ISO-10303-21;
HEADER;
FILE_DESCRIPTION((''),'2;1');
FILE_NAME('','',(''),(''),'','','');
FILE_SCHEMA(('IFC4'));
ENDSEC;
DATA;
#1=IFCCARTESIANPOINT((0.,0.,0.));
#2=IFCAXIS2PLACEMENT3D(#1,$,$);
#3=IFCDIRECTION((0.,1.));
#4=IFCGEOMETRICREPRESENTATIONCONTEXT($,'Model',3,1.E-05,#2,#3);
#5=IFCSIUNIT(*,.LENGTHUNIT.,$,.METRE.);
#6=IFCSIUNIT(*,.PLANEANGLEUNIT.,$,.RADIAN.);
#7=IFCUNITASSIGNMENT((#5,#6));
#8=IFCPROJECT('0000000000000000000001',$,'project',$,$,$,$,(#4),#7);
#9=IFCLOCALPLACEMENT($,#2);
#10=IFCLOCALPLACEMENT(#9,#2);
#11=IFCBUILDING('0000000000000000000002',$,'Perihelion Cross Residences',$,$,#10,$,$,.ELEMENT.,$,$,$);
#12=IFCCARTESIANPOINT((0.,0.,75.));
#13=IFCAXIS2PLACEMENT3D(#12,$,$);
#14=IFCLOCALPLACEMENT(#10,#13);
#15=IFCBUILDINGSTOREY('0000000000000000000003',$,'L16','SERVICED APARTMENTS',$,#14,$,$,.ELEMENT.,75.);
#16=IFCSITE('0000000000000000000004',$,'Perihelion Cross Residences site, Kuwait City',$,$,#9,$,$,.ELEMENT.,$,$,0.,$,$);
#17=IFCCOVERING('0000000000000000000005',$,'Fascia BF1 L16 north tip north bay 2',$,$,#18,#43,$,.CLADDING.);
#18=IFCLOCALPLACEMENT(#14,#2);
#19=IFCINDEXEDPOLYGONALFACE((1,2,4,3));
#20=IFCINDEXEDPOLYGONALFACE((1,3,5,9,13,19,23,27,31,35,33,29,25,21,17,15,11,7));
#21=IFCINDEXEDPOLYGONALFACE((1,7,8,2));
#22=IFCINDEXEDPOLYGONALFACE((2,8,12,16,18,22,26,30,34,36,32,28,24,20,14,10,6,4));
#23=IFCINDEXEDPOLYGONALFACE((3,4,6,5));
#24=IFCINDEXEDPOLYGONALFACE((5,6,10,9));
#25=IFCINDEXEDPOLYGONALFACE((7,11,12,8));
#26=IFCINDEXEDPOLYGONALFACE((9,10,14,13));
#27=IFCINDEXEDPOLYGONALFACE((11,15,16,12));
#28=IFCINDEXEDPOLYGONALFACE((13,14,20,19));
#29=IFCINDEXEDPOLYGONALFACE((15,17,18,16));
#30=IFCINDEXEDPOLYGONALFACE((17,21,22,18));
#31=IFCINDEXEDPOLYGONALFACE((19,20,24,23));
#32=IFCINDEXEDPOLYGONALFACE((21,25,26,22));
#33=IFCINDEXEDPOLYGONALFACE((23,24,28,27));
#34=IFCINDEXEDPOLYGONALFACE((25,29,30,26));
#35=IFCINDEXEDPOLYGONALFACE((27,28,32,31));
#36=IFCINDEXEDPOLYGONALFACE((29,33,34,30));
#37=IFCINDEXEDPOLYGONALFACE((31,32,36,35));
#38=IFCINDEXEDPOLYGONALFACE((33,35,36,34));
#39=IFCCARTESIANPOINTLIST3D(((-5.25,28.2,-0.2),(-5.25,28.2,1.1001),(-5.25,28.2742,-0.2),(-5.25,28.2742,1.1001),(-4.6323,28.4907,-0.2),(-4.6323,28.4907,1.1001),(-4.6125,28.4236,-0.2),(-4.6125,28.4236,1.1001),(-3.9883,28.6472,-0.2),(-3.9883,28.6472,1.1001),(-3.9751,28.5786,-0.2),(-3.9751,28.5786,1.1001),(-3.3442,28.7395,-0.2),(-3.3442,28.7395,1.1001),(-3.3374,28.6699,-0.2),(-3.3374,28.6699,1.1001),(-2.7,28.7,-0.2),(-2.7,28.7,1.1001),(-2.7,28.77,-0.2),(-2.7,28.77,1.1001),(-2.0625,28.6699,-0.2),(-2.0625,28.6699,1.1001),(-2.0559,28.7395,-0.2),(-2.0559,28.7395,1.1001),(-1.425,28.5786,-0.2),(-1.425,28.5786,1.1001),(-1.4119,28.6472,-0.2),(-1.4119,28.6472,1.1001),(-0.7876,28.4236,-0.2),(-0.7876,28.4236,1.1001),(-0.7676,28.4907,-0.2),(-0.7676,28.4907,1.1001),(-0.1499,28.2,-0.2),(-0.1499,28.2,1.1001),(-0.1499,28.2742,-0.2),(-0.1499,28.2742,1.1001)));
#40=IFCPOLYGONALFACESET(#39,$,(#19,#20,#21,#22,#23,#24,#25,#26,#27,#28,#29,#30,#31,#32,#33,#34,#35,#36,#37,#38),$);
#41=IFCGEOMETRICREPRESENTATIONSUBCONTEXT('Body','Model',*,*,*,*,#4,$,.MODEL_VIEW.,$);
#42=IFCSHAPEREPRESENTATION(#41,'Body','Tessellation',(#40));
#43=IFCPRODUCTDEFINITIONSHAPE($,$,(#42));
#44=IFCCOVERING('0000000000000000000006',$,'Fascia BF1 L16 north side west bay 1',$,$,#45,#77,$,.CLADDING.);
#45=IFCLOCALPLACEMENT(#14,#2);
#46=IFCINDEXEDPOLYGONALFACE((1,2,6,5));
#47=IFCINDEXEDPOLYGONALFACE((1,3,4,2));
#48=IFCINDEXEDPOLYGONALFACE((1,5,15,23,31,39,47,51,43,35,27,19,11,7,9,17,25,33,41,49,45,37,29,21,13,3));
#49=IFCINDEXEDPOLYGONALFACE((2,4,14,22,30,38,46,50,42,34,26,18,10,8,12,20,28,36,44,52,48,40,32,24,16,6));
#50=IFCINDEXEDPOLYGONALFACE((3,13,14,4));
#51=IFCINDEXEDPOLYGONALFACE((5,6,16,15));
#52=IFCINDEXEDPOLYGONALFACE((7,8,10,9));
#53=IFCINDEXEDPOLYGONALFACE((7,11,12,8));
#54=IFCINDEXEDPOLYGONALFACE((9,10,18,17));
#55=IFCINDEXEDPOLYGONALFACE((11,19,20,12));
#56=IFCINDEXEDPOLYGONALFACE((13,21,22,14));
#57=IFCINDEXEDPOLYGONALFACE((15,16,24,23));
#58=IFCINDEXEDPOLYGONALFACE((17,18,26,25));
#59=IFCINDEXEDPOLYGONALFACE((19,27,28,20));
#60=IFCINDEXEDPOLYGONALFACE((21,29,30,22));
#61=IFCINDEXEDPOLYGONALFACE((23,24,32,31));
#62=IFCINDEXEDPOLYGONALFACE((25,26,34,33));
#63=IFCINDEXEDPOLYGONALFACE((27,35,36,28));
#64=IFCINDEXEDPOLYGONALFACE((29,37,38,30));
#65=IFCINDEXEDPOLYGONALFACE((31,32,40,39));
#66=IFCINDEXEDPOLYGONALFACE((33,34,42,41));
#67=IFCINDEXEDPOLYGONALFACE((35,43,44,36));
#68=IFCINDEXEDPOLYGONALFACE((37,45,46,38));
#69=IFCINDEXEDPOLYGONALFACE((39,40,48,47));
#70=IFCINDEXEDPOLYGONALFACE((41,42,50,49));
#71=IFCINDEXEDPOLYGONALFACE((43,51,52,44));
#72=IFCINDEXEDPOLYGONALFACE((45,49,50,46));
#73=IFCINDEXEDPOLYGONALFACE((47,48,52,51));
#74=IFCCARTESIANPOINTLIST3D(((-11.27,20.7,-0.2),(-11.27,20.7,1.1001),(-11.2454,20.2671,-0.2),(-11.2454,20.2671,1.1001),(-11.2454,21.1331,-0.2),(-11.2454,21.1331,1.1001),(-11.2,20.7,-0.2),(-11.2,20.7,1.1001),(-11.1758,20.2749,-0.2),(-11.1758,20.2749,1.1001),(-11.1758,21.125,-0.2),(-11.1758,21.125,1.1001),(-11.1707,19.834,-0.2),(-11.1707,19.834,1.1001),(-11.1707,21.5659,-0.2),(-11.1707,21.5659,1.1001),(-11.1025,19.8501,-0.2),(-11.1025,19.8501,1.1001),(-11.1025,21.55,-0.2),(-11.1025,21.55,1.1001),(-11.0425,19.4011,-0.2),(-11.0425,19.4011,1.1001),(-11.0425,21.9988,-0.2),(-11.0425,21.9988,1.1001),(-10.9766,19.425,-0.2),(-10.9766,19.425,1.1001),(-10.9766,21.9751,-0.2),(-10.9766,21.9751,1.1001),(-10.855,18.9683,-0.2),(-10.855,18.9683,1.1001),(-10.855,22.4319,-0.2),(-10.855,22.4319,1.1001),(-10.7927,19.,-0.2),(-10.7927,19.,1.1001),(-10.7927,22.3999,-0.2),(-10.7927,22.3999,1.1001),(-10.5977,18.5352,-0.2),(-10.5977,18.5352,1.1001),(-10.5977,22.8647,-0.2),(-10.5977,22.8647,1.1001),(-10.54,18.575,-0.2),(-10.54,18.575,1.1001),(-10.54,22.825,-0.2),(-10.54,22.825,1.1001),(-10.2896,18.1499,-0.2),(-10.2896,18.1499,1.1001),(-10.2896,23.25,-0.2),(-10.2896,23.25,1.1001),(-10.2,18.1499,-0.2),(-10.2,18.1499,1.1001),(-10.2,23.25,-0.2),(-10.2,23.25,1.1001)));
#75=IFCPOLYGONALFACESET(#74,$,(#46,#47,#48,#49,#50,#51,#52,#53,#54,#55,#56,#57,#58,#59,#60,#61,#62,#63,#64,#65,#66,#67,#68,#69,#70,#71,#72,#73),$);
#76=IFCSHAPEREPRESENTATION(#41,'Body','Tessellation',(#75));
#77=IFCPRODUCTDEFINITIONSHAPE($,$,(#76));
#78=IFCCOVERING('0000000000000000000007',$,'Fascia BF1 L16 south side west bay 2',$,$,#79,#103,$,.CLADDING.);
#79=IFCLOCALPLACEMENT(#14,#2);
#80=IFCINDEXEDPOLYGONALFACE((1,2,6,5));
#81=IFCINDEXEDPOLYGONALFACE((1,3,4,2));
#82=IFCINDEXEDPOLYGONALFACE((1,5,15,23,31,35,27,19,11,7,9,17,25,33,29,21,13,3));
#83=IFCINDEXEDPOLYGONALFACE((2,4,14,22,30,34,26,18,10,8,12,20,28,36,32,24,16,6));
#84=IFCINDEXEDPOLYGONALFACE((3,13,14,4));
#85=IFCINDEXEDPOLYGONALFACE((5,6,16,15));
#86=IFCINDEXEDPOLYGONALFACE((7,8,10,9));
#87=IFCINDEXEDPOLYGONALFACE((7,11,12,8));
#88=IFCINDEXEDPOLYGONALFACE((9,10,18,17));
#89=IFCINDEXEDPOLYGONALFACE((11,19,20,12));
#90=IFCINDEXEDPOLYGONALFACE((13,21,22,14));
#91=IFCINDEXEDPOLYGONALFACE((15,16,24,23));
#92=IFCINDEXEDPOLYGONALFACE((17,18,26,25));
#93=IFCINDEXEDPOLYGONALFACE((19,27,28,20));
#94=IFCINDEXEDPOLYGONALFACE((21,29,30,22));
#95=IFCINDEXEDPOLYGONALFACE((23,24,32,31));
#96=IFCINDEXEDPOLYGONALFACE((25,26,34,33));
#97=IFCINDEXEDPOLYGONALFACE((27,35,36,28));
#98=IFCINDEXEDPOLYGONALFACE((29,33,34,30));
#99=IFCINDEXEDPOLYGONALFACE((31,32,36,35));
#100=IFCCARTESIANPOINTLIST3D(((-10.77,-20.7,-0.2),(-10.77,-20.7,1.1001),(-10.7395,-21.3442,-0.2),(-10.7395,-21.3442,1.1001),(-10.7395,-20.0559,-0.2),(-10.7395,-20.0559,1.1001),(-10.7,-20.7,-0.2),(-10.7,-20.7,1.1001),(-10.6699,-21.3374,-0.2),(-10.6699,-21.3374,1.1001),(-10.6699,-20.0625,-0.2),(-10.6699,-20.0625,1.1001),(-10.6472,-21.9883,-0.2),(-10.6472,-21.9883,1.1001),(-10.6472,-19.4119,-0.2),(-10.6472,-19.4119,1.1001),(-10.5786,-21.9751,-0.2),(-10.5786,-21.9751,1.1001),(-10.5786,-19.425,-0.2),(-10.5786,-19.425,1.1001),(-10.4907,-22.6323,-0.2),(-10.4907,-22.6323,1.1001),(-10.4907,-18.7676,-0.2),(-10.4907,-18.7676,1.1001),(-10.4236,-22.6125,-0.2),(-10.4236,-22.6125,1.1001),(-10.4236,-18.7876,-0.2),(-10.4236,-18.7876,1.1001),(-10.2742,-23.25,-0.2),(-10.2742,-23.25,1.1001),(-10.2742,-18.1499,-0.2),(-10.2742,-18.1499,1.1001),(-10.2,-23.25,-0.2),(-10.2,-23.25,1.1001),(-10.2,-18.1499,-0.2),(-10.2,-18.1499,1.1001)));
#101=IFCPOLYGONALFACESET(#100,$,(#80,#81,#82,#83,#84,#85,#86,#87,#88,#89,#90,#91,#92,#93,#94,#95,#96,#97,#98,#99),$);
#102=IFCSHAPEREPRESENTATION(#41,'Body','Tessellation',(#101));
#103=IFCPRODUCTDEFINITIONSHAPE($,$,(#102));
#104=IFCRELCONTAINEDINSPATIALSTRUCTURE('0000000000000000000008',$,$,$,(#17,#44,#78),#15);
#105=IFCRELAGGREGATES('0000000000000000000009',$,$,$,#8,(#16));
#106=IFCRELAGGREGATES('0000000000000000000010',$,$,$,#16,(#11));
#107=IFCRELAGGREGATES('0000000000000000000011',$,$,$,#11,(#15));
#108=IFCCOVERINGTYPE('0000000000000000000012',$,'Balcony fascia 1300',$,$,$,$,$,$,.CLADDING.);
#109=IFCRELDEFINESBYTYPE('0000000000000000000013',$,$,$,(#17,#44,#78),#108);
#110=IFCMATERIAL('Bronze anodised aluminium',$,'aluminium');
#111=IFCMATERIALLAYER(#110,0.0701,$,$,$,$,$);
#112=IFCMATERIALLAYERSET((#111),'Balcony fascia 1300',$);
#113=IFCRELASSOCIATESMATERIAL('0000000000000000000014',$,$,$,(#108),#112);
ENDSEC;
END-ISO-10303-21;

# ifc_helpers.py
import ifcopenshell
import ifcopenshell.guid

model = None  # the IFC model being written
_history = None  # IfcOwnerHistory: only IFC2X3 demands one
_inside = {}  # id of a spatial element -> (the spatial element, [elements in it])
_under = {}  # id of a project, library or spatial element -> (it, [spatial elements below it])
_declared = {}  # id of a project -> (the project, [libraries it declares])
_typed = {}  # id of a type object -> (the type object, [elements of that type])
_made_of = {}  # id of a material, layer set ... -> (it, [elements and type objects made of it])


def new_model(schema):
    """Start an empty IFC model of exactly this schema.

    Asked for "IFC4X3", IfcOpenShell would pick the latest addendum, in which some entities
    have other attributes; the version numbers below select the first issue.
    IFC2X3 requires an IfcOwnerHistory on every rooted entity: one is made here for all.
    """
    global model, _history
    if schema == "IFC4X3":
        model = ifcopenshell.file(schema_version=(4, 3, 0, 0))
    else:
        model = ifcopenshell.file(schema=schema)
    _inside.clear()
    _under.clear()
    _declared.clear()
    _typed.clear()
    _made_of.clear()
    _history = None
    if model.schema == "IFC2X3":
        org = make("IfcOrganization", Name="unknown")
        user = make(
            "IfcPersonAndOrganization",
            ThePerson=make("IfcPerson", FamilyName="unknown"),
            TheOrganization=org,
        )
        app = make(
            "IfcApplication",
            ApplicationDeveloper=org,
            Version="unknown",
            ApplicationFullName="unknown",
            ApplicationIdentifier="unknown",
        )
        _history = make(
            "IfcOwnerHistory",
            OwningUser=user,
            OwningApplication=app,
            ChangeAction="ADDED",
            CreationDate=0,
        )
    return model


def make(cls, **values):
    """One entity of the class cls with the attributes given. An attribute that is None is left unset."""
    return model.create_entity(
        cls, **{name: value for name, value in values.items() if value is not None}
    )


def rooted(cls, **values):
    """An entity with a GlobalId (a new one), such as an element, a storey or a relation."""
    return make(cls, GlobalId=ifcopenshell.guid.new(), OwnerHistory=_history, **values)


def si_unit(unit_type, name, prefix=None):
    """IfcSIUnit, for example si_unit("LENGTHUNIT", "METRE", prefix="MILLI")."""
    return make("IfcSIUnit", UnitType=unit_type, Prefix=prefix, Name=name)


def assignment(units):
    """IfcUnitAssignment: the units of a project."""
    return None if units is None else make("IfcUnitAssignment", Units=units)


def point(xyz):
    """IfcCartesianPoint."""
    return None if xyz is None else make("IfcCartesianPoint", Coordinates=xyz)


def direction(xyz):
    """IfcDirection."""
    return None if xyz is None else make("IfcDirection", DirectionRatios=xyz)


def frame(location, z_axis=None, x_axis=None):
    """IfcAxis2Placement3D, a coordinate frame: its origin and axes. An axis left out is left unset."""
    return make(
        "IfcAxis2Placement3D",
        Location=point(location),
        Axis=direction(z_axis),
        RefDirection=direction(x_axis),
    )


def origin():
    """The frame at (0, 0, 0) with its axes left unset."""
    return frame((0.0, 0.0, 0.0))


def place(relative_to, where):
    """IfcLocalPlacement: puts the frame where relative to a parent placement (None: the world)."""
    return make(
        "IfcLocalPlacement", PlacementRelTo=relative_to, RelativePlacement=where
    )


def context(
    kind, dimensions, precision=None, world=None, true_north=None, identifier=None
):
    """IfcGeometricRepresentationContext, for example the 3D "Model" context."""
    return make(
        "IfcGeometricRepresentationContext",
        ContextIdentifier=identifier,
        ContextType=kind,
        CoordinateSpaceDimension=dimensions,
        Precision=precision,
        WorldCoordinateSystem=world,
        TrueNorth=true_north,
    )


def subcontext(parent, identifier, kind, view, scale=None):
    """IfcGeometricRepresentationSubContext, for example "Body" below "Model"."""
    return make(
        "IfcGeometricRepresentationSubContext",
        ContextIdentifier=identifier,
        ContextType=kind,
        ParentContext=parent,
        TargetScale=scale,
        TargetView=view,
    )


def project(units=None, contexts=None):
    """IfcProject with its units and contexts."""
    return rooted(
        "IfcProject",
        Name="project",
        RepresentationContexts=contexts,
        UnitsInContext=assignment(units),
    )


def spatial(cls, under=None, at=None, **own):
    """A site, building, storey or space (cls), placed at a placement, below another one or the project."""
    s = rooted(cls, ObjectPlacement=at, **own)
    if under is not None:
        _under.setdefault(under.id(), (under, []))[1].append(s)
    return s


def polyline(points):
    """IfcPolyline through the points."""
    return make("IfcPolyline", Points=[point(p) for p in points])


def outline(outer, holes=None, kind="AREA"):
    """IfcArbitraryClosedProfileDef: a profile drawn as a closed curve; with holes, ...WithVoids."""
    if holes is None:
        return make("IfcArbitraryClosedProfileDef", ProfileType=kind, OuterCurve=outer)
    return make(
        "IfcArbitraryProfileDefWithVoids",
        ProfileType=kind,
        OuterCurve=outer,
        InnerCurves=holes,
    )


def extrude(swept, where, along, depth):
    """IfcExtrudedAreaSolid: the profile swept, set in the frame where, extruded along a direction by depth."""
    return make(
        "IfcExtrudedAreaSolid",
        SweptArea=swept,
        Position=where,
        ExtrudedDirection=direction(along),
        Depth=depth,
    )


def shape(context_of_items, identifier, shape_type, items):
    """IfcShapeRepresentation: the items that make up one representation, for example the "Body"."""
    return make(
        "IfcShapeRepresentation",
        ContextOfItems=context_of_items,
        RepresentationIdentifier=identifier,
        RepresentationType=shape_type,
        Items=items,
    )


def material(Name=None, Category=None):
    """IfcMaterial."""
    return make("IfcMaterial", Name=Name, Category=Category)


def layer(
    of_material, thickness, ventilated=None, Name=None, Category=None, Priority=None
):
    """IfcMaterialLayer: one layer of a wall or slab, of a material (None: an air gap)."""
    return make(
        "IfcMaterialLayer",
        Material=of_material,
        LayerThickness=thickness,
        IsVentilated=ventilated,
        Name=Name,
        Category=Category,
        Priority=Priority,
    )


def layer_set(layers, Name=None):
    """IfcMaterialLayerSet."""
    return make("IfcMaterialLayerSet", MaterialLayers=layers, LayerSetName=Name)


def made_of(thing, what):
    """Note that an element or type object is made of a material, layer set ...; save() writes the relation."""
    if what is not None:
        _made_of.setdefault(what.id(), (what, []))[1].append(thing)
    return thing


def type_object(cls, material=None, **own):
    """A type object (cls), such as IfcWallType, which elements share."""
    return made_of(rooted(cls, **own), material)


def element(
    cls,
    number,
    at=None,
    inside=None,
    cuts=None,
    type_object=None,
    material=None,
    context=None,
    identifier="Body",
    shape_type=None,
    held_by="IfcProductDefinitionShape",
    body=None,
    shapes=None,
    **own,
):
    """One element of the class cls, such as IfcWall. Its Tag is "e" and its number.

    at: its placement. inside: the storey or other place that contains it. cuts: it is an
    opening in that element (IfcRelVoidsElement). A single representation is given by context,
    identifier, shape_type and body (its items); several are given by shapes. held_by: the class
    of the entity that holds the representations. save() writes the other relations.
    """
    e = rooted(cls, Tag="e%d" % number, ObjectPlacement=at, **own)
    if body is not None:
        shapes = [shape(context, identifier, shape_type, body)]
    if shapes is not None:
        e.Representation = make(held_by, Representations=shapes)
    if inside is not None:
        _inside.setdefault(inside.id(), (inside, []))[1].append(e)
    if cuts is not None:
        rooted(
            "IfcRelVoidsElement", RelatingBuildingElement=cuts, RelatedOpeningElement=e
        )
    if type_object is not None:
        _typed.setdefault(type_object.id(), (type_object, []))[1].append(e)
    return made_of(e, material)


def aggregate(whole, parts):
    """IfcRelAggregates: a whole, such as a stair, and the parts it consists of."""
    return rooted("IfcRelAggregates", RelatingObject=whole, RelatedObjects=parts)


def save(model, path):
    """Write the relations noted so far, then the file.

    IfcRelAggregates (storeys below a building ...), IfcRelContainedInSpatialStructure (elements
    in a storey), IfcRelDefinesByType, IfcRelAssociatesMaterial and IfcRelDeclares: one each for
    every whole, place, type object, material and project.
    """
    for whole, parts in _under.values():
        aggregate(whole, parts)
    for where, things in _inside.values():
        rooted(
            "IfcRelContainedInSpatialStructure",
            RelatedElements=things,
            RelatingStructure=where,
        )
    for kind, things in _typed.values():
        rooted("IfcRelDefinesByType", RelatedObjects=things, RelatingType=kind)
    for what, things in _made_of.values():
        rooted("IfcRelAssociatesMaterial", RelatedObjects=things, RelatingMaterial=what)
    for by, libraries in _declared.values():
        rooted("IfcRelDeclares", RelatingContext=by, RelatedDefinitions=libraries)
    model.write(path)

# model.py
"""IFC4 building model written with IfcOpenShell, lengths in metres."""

from ifc_helpers import new_model, si_unit, direction, frame, origin, place, context, subcontext, project, spatial, polyline, outline, extrude, material, layer, layer_set, type_object, element, save


model = new_model("IFC4")

# Units and contexts
model_context = context("Model", 3, precision=1e-05, world=origin(), true_north=direction((0.0, 1.0)))
body_context = subcontext(model_context, "Body", "Model", "MODEL_VIEW")
ifc_project = project(units=[si_unit("LENGTHUNIT", "METRE"), si_unit("PLANEANGLEUNIT", "RADIAN")], contexts=[model_context])

# Site, building, storey
site_placement = place(None, origin())
site = spatial("IfcSite", under=ifc_project, at=site_placement, Name="Perihelion Cross Residences site, Kuwait City", CompositionType="ELEMENT", RefElevation=0.0)
building_placement = place(site_placement, origin())
building = spatial("IfcBuilding", under=site, at=building_placement, Name="Perihelion Cross Residences", CompositionType="ELEMENT")
storey_placement = place(building_placement, frame((0.0, 0.0, 75.0)))
storey = spatial("IfcBuildingStorey", under=building, at=storey_placement, Name="L16", Description="SERVICED APARTMENTS", CompositionType="ELEMENT", Elevation=75.0)

# Coverings
ifc_material_1 = material(Name="Bronze anodised aluminium", Category="aluminium")
ifc_layer_1 = layer(ifc_material_1, 0.0701)
ifc_layer_set_1 = layer_set([ifc_layer_1], Name="Balcony fascia 1300")
covering_type = type_object("IfcCoveringType", Name="Balcony fascia 1300", PredefinedType="CLADDING", material=ifc_layer_set_1)
covering_1_placement = place(storey_placement, frame((0.0, 0.0, -0.2)))
element("IfcCovering", 1, at=covering_1_placement, inside=storey, type_object=covering_type, Name="Fascia BF1 L16 north tip north bay 2", PredefinedType="CLADDING", context=body_context, shape_type="SweptSolid", body=[
    extrude(outline(polyline([(-0.7676, 28.4907), (-1.4119, 28.6472), (-2.0559, 28.7395), (-2.7, 28.77), (-3.3442, 28.7395), (-3.9883, 28.6472), (-4.6323, 28.4907), (-5.25, 28.2742), (-5.25, 28.2), (-4.6125, 28.4236), (-3.9751, 28.5786), (-3.3374, 28.6699), (-2.7, 28.7), (-2.0625, 28.6699), (-1.425, 28.5786), (-0.7876, 28.4236), (-0.1499, 28.2), (-0.1499, 28.2742), (-0.7676, 28.4907)])), origin(), (0.0, 0.0, 1.0), 1.3),
])
covering_2_placement = place(storey_placement, frame((0.0, 0.0, -0.2)))
element("IfcCovering", 2, at=covering_2_placement, inside=storey, type_object=covering_type, Name="Fascia BF1 L16 north side west bay 1", PredefinedType="CLADDING", context=body_context, shape_type="SweptSolid", body=[
    extrude(outline(polyline([(-10.5977, 22.8647), (-10.855, 22.4319), (-11.0425, 21.9988), (-11.1707, 21.5659), (-11.2454, 21.1331), (-11.27, 20.7), (-11.2454, 20.2671), (-11.1707, 19.834), (-11.0425, 19.4011), (-10.855, 18.9683), (-10.5977, 18.5352), (-10.2896, 18.1499), (-10.2, 18.1499), (-10.54, 18.575), (-10.7927, 19.0), (-10.9766, 19.425), (-11.1025, 19.8501), (-11.1758, 20.2749), (-11.2, 20.7), (-11.1758, 21.125), (-11.1025, 21.55), (-10.9766, 21.9751), (-10.7927, 22.3999), (-10.54, 22.825), (-10.2, 23.25), (-10.2896, 23.25), (-10.5977, 22.8647)])), origin(), (0.0, 0.0, 1.0), 1.3),
])
covering_3_placement = place(storey_placement, frame((0.0, 0.0, -0.2)))
element("IfcCovering", 3, at=covering_3_placement, inside=storey, type_object=covering_type, Name="Fascia BF1 L16 south side west bay 2", PredefinedType="CLADDING", context=body_context, shape_type="SweptSolid", body=[
    extrude(outline(polyline([(-10.4907, -18.7676), (-10.6472, -19.4119), (-10.7395, -20.0559), (-10.77, -20.7), (-10.7395, -21.3442), (-10.6472, -21.9883), (-10.4907, -22.6323), (-10.2742, -23.25), (-10.2, -23.25), (-10.4236, -22.6125), (-10.5786, -21.9751), (-10.6699, -21.3374), (-10.7, -20.7), (-10.6699, -20.0625), (-10.5786, -19.425), (-10.4236, -18.7876), (-10.2, -18.1499), (-10.2742, -18.1499), (-10.4907, -18.7676)])), origin(), (0.0, 0.0, 1.0), 1.3),
])

save(model, "model.ifc")
